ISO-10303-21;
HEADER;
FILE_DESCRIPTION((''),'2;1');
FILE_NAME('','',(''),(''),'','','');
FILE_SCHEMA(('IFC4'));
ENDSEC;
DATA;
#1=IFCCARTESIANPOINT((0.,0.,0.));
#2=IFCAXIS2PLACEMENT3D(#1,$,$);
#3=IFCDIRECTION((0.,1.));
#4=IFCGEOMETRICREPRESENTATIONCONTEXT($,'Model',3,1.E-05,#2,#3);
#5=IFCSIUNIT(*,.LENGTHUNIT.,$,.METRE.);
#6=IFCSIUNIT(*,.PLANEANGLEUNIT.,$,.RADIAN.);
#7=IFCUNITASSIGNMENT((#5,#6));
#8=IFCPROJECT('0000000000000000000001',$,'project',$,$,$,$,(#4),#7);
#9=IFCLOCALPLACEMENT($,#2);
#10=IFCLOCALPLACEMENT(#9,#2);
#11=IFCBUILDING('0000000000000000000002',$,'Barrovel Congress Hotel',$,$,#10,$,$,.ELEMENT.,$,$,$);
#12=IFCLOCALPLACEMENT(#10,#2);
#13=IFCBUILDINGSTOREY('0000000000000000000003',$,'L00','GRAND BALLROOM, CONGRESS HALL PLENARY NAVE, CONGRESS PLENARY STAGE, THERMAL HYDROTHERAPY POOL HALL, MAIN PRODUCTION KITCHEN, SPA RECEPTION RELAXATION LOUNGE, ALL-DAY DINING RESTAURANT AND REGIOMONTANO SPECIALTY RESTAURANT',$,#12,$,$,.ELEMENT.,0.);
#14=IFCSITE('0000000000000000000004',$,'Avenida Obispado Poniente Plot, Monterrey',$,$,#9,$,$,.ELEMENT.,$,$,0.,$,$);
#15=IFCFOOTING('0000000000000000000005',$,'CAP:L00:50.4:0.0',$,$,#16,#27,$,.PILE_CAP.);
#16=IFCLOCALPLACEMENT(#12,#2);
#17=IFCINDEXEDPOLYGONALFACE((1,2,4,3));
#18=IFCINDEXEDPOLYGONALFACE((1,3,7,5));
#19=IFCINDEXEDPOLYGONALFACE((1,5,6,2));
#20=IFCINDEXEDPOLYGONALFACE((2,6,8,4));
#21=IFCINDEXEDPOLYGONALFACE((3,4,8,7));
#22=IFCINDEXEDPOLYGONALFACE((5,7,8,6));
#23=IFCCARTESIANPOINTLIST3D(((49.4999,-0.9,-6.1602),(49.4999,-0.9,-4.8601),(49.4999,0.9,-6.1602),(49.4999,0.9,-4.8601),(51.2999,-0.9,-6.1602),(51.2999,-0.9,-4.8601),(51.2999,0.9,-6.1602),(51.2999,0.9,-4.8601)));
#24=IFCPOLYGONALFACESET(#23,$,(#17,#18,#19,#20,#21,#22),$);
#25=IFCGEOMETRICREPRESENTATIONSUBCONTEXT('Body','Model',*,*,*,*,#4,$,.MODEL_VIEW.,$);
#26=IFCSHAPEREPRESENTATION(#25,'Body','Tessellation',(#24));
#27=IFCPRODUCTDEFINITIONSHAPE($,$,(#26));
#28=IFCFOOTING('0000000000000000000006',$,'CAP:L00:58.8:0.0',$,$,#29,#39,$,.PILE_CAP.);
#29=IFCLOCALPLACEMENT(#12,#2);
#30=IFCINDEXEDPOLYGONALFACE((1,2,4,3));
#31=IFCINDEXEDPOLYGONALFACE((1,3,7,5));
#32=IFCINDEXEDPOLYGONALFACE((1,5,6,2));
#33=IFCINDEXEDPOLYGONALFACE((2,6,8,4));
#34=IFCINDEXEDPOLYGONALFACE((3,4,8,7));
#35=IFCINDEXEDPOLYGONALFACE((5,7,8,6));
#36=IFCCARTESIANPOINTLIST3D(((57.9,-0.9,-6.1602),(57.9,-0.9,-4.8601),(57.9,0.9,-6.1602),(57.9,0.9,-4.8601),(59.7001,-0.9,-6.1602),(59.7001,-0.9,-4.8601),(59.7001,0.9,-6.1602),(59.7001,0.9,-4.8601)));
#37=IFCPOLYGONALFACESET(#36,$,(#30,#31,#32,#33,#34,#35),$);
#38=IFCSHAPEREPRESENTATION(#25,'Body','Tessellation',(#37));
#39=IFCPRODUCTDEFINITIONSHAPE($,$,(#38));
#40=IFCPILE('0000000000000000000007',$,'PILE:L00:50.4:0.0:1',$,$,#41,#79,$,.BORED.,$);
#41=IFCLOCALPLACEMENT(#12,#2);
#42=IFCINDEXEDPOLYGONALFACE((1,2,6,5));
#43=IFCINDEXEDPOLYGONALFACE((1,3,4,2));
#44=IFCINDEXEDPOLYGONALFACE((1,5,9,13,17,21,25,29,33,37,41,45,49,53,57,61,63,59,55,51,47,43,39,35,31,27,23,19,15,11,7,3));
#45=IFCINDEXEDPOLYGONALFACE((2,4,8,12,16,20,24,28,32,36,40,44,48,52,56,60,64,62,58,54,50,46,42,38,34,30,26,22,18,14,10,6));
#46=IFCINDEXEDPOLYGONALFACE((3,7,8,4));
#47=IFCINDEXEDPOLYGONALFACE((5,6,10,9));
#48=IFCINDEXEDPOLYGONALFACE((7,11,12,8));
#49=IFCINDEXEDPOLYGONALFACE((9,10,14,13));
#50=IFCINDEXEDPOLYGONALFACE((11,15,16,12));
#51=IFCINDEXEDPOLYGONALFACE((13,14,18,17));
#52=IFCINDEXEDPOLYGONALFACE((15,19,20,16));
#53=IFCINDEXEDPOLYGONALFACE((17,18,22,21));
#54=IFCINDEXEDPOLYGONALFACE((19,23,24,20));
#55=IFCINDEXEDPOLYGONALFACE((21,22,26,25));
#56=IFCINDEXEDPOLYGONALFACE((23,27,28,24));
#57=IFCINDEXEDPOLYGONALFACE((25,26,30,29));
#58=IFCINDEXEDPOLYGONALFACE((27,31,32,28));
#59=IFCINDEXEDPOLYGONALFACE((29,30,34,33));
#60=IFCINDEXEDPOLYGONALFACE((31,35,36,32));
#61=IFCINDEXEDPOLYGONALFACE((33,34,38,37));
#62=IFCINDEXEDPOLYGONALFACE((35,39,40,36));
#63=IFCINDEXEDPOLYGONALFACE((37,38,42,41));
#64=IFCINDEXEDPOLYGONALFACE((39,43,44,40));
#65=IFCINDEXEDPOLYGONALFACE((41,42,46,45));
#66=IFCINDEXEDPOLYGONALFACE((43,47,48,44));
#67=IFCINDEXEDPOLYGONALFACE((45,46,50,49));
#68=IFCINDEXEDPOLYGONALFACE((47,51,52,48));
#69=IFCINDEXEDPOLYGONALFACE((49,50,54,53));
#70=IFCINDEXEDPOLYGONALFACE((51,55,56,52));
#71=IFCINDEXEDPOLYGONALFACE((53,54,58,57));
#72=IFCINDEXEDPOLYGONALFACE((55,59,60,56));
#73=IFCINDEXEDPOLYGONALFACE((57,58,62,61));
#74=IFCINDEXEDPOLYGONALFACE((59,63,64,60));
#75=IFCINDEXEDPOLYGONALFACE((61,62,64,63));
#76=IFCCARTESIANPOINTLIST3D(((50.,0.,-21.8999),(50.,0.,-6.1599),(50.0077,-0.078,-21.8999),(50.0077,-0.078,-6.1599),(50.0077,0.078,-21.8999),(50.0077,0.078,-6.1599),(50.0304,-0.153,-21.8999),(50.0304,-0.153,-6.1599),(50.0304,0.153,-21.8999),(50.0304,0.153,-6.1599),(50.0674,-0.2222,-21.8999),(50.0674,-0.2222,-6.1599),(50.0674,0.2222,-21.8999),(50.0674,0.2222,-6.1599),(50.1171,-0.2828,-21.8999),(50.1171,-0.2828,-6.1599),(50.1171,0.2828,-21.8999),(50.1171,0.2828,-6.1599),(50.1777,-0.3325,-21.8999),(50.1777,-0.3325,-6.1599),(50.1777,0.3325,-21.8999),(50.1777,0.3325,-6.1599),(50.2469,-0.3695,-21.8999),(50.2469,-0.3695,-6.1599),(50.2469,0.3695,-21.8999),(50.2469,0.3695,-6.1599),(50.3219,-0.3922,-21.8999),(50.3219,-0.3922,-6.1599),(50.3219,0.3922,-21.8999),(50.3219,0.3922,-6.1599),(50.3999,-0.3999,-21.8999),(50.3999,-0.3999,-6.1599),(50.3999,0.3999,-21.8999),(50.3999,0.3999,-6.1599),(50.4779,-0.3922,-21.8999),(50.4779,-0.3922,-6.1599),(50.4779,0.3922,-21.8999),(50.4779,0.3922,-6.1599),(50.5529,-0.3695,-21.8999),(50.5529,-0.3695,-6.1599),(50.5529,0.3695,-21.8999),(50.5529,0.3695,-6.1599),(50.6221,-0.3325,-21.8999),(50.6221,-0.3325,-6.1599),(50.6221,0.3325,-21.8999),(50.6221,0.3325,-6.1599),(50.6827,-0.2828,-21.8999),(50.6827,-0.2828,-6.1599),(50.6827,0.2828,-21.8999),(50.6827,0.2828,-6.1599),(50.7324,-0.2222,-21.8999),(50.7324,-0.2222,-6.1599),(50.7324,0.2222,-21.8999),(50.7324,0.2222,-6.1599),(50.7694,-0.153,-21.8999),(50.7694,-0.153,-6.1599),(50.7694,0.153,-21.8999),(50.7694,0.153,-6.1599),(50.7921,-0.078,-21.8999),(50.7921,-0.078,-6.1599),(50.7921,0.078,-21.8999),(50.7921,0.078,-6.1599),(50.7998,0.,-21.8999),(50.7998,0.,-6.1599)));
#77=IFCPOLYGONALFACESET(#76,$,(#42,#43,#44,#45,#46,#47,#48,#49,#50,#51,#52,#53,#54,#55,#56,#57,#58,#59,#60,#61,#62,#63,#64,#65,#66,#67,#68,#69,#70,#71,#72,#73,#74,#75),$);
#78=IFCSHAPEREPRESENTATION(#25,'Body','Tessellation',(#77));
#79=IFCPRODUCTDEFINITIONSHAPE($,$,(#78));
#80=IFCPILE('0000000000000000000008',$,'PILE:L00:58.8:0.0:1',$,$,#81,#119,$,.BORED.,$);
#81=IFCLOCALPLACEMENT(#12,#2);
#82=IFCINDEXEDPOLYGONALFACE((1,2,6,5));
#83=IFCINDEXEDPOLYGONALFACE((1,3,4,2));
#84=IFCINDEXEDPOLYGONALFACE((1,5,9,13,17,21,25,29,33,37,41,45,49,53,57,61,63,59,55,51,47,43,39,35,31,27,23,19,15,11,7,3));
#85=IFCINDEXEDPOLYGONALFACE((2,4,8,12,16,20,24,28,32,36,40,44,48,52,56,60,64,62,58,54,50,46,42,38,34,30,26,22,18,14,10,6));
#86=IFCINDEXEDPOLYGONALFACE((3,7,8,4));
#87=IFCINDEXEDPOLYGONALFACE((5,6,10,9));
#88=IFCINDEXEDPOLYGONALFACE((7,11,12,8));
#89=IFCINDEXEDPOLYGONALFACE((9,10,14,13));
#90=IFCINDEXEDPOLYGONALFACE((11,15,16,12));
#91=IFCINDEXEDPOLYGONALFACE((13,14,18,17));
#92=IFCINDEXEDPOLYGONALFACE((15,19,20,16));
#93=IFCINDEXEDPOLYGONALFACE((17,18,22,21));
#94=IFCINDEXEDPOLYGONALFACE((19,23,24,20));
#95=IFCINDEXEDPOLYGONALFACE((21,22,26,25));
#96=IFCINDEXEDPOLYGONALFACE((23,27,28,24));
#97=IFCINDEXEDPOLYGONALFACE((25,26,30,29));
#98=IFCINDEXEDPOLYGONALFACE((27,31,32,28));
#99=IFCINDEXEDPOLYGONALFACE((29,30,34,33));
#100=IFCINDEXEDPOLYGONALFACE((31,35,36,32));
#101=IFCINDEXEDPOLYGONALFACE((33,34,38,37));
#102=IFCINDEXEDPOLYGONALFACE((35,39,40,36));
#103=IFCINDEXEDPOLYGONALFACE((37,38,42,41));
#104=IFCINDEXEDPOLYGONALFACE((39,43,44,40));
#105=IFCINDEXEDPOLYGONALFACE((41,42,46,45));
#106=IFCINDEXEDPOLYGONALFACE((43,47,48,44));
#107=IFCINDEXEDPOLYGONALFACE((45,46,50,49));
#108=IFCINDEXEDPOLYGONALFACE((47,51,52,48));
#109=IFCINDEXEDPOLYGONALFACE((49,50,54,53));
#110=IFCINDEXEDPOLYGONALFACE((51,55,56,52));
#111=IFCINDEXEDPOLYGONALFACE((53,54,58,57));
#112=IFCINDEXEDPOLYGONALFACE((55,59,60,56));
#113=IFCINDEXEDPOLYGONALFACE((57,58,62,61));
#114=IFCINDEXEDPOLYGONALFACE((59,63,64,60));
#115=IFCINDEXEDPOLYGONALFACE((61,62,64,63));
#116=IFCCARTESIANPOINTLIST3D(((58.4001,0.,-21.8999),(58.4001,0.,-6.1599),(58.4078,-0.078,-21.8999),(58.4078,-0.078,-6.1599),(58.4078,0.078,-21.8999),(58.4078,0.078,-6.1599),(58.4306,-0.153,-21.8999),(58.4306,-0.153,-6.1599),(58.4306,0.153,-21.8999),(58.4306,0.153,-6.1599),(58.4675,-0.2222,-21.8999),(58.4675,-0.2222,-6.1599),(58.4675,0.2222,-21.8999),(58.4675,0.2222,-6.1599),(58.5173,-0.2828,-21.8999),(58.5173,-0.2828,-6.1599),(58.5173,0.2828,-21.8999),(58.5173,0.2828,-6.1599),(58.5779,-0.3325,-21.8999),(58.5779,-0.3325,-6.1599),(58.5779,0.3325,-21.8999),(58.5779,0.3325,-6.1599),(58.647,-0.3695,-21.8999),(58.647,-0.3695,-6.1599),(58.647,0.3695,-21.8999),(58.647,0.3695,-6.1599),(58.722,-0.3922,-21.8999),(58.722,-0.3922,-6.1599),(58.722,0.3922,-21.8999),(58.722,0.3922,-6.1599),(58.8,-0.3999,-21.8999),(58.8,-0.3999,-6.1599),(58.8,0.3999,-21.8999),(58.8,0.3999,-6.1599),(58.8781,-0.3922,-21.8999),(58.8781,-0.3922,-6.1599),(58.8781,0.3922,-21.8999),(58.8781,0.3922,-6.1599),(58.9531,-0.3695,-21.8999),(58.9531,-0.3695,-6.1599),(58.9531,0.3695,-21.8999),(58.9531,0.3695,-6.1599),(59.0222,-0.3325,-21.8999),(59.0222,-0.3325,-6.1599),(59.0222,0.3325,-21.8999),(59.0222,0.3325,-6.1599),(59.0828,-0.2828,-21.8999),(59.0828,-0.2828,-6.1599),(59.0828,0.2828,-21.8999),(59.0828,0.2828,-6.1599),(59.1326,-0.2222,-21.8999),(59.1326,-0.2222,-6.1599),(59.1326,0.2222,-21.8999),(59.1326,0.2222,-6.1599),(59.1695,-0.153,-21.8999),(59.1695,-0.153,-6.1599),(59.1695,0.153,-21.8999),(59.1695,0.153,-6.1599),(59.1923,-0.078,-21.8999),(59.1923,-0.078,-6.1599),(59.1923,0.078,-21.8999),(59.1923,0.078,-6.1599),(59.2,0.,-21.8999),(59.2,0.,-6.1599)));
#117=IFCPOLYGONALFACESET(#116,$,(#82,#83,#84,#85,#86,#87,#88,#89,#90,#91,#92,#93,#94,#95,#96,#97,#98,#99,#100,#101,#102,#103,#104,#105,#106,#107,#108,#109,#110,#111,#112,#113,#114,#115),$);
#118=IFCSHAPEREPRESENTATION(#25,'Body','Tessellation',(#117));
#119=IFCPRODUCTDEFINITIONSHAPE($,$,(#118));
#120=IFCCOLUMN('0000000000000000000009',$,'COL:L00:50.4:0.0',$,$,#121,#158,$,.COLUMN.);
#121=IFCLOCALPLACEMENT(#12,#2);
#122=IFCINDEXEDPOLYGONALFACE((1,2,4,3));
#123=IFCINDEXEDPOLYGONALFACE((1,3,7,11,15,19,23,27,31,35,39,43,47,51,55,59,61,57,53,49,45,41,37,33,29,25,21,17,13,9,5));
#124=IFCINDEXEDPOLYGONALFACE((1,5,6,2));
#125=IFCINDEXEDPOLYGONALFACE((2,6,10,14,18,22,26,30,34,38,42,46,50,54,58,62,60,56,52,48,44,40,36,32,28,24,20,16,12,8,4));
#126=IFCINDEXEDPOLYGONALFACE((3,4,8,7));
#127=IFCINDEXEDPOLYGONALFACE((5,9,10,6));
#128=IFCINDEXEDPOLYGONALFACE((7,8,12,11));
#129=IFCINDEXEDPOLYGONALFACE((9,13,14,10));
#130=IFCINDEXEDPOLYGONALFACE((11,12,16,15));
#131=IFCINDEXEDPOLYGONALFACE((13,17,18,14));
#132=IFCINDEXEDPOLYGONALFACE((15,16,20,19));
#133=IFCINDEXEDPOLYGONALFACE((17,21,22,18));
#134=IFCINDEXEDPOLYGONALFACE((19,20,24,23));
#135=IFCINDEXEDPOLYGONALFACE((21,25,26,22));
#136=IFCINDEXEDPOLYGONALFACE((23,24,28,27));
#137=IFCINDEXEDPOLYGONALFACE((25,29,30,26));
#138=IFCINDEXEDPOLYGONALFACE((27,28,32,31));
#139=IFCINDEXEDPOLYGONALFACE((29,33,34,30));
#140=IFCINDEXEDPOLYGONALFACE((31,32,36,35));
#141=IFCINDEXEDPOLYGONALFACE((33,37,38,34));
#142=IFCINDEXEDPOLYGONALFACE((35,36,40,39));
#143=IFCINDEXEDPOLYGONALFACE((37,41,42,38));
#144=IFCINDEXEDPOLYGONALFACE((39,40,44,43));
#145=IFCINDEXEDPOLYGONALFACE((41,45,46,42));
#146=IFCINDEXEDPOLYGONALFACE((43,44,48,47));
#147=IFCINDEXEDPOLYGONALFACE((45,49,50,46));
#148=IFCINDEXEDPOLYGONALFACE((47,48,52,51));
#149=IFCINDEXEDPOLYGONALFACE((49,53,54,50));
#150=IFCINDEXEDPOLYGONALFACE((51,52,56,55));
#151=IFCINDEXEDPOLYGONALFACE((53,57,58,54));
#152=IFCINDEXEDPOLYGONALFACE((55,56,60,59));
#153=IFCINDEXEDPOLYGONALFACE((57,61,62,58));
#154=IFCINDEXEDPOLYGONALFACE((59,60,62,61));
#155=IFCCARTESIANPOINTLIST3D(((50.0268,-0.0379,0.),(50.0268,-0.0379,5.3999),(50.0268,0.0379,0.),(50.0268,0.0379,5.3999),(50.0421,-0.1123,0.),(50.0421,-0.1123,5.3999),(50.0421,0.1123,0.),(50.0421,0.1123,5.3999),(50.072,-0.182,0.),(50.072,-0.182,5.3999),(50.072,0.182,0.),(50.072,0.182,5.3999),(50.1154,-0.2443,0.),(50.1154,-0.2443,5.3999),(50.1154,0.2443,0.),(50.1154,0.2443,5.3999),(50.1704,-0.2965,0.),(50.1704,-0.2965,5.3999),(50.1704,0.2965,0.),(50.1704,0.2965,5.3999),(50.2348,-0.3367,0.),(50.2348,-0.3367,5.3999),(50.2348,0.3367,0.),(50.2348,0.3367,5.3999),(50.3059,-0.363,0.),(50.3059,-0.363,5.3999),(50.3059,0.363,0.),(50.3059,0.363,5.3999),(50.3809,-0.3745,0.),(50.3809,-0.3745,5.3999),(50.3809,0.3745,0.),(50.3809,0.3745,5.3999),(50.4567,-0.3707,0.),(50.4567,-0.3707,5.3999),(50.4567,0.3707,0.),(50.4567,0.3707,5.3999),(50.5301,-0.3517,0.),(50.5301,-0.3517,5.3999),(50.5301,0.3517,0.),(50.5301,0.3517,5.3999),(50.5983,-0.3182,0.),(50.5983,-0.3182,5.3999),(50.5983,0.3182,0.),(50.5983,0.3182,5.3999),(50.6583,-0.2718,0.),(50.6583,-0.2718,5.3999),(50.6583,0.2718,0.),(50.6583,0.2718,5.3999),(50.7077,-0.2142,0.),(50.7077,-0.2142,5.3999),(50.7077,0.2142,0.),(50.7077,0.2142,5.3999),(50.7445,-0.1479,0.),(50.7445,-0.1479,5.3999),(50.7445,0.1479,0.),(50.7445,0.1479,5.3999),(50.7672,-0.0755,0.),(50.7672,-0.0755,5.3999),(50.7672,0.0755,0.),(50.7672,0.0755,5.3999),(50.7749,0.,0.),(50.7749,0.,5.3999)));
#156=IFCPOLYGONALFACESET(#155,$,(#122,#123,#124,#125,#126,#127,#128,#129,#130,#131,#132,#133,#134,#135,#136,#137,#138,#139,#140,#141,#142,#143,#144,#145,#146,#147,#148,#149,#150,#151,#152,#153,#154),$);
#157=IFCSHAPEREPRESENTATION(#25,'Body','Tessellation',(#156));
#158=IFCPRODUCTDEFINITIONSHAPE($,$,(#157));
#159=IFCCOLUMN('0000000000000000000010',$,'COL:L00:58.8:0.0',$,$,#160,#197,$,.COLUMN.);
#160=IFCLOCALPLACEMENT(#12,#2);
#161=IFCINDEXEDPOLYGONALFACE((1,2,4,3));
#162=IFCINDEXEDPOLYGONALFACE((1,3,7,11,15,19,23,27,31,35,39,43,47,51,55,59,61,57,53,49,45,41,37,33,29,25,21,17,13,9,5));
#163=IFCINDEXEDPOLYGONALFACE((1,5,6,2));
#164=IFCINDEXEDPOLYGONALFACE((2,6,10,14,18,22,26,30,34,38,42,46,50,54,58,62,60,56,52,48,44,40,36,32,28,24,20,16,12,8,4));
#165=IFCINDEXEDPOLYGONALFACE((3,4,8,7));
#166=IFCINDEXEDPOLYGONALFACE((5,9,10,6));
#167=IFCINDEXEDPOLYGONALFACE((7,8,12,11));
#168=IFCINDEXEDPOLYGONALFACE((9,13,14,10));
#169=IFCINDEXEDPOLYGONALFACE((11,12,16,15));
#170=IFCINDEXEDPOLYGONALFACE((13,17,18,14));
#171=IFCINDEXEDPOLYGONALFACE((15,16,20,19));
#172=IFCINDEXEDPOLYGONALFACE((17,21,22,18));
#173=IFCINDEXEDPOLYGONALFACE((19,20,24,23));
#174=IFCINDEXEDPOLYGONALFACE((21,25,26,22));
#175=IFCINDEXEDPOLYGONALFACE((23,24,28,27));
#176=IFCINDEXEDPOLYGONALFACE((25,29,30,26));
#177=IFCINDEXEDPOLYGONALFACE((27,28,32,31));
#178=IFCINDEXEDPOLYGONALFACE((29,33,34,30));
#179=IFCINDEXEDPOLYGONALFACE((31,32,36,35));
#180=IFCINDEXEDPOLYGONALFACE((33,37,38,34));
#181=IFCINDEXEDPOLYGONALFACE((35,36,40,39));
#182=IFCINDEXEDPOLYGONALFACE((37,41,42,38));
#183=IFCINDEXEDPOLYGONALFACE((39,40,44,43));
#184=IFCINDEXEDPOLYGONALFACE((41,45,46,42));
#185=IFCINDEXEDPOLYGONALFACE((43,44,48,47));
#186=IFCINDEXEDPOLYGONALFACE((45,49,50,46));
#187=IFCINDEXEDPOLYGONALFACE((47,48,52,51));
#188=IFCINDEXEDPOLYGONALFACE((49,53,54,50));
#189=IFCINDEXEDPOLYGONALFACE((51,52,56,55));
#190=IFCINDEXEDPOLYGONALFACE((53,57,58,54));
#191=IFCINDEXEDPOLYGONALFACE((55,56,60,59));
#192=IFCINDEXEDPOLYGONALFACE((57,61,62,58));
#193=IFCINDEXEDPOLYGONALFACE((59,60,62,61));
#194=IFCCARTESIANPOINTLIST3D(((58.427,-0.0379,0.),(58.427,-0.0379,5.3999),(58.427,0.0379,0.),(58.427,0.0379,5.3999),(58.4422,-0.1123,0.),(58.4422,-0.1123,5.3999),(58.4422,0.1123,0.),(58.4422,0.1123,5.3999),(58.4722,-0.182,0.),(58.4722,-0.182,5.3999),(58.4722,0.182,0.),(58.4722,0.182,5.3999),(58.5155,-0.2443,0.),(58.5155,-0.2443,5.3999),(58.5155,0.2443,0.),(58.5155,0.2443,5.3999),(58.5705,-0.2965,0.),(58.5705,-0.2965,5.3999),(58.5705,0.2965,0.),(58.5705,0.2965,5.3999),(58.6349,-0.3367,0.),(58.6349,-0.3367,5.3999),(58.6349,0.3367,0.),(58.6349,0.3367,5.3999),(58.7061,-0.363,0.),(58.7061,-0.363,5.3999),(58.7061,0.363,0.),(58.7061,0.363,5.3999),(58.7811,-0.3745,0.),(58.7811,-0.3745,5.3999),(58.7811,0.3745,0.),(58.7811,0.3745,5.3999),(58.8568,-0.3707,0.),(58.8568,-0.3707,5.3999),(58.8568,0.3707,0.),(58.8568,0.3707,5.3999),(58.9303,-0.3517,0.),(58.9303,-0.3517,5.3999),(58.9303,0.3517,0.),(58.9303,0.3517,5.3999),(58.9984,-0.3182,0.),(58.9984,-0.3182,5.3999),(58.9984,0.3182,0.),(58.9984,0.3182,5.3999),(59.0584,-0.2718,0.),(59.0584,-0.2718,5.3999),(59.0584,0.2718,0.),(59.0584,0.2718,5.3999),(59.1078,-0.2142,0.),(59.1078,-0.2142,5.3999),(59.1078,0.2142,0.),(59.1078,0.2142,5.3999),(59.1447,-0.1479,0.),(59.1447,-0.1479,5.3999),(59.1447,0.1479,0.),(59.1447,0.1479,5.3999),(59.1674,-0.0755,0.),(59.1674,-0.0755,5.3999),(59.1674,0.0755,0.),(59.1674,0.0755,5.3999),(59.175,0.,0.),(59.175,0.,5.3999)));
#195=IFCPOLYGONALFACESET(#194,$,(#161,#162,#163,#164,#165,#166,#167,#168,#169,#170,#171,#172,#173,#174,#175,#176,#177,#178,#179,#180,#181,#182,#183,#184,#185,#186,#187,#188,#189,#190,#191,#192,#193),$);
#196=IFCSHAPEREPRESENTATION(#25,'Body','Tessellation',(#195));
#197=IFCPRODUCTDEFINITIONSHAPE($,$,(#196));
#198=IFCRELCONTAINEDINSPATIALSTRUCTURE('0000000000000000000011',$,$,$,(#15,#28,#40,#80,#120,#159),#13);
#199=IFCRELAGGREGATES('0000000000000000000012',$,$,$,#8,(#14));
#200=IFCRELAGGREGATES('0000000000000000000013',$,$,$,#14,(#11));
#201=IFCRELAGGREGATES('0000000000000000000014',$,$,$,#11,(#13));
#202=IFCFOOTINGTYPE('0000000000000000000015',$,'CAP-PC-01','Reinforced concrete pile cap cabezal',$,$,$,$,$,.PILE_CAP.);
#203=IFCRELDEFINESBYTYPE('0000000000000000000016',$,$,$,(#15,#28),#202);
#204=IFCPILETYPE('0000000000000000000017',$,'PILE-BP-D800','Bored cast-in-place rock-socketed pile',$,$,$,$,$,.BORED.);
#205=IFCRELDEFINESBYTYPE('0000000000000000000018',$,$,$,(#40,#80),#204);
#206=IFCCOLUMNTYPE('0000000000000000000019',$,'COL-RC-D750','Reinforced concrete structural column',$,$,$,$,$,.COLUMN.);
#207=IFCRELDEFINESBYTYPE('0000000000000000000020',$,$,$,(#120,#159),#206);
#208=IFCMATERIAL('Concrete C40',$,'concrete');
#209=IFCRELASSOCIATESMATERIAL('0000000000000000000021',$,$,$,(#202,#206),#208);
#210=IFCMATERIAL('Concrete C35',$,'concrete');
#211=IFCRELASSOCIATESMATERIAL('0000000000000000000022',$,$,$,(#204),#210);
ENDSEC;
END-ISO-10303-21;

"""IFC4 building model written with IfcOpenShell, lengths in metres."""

from ifc_helpers import new_model, si_unit, direction, frame, origin, origin_2d, place, context, subcontext, project, spatial, rectangle, circle, extrude, material, material_profile, profile_set, type_object, element, save


model = new_model("IFC4")

# Units and contexts
model_context = context("Model", 3, precision=1e-05, world=origin(), true_north=direction((0.0, 1.0)))
body_context = subcontext(model_context, "Body", "Model", "MODEL_VIEW")
ifc_project = project(units=[si_unit("LENGTHUNIT", "METRE"), si_unit("PLANEANGLEUNIT", "RADIAN")], contexts=[model_context])

# Site, building, storey
site_placement = place(None, origin())
site = spatial("IfcSite", under=ifc_project, at=site_placement, Name="Avenida Obispado Poniente Plot, Monterrey", CompositionType="ELEMENT", RefElevation=0.0)
building_placement = place(site_placement, origin())
building = spatial("IfcBuilding", under=site, at=building_placement, Name="Barrovel Congress Hotel", CompositionType="ELEMENT")
storey_placement = place(building_placement, origin())
storey = spatial("IfcBuildingStorey", under=building, at=storey_placement, Name="L00", Description="GRAND BALLROOM, CONGRESS HALL PLENARY NAVE, CONGRESS PLENARY STAGE, THERMAL HYDROTHERAPY POOL HALL, MAIN PRODUCTION KITCHEN, SPA RECEPTION RELAXATION LOUNGE, ALL-DAY DINING RESTAURANT AND REGIOMONTANO SPECIALTY RESTAURANT", CompositionType="ELEMENT", Elevation=0.0)

# Footings
ifc_material_1 = material(Name="Concrete C40", Category="concrete")
footing_type = type_object("IfcFootingType", Name="CAP-PC-01", Description="Reinforced concrete pile cap cabezal", PredefinedType="PILE_CAP", material=ifc_material_1)
for number, where, z_axis, x_axis, name in (
    (1, (50.3999, 0.0, -6.1602), (0.0, 0.0, 1.0), (1.0, 0.0, 0.0), "CAP:L00:50.4:0.0"),
    (2, (58.8, 0.0, -6.1602), (0.0, 0.0, 1.0), (1.0, 0.0, 0.0), "CAP:L00:58.8:0.0"),
):
    element("IfcFooting", number, at=place(storey_placement, frame(where, z_axis=z_axis, x_axis=x_axis)), inside=storey, type_object=footing_type, Name=name, PredefinedType="PILE_CAP", context=body_context, shape_type="SweptSolid", body=[
        extrude(rectangle(XDim=1.8, YDim=1.8, at=origin_2d()), origin(), (0.0, 0.0, 1.0), 1.3),
    ])

# Piles
ifc_material_2 = material(Name="Concrete C35", Category="concrete")
ifc_material_profile_1 = material_profile(ifc_material_2, circle(Radius=0.3999, at=origin_2d()), Name="BP-D800")
ifc_profile_set_1 = profile_set([ifc_material_profile_1], Name="Concrete C35")
pile_type = type_object("IfcPileType", Name="PILE-BP-D800", Description="Bored cast-in-place rock-socketed pile", PredefinedType="BORED", material=ifc_profile_set_1)
for number, where, z_axis, x_axis, name in (
    (3, (50.3999, 0.0, -6.1599), (0.0, 0.0, -1.0), (1.0, 0.0, 0.0), "PILE:L00:50.4:0.0:1"),
    (4, (58.8, 0.0, -6.1599), (0.0, 0.0, -1.0), (1.0, 0.0, 0.0), "PILE:L00:58.8:0.0:1"),
):
    element("IfcPile", number, at=place(storey_placement, frame(where, z_axis=z_axis, x_axis=x_axis)), inside=storey, type_object=pile_type, Name=name, PredefinedType="BORED", context=body_context, shape_type="SweptSolid", body=[
        extrude(circle(Radius=0.3999, at=origin_2d()), origin(), (0.0, 0.0, 1.0), 15.74),
    ])

# Columns
ifc_material_profile_2 = material_profile(ifc_material_1, circle(Radius=0.375, at=origin_2d()), Name="RC-D750")
ifc_profile_set_2 = profile_set([ifc_material_profile_2], Name="Concrete C40")
column_type_1 = type_object("IfcColumnType", Name="COL-RC-D750", Description="Reinforced concrete structural column", PredefinedType="COLUMN", material=ifc_profile_set_2)
for number, where, z_axis, x_axis, name in (
    (5, (50.3999, 0.0, 0.0), (0.0, 0.0, 1.0), (1.0, 0.0, 0.0), "COL:L00:50.4:0.0"),
    (6, (58.8, 0.0, 0.0), (0.0, 0.0, 1.0), (1.0, 0.0, 0.0), "COL:L00:58.8:0.0"),
):
    element("IfcColumn", number, at=place(storey_placement, frame(where, z_axis=z_axis, x_axis=x_axis)), inside=storey, type_object=column_type_1, Name=name, PredefinedType="COLUMN", context=body_context, shape_type="SweptSolid", body=[
        extrude(circle(Radius=0.375, at=origin_2d()), origin(), (0.0, 0.0, 1.0), 5.3999),
    ])

save(model, "model.ifc")
